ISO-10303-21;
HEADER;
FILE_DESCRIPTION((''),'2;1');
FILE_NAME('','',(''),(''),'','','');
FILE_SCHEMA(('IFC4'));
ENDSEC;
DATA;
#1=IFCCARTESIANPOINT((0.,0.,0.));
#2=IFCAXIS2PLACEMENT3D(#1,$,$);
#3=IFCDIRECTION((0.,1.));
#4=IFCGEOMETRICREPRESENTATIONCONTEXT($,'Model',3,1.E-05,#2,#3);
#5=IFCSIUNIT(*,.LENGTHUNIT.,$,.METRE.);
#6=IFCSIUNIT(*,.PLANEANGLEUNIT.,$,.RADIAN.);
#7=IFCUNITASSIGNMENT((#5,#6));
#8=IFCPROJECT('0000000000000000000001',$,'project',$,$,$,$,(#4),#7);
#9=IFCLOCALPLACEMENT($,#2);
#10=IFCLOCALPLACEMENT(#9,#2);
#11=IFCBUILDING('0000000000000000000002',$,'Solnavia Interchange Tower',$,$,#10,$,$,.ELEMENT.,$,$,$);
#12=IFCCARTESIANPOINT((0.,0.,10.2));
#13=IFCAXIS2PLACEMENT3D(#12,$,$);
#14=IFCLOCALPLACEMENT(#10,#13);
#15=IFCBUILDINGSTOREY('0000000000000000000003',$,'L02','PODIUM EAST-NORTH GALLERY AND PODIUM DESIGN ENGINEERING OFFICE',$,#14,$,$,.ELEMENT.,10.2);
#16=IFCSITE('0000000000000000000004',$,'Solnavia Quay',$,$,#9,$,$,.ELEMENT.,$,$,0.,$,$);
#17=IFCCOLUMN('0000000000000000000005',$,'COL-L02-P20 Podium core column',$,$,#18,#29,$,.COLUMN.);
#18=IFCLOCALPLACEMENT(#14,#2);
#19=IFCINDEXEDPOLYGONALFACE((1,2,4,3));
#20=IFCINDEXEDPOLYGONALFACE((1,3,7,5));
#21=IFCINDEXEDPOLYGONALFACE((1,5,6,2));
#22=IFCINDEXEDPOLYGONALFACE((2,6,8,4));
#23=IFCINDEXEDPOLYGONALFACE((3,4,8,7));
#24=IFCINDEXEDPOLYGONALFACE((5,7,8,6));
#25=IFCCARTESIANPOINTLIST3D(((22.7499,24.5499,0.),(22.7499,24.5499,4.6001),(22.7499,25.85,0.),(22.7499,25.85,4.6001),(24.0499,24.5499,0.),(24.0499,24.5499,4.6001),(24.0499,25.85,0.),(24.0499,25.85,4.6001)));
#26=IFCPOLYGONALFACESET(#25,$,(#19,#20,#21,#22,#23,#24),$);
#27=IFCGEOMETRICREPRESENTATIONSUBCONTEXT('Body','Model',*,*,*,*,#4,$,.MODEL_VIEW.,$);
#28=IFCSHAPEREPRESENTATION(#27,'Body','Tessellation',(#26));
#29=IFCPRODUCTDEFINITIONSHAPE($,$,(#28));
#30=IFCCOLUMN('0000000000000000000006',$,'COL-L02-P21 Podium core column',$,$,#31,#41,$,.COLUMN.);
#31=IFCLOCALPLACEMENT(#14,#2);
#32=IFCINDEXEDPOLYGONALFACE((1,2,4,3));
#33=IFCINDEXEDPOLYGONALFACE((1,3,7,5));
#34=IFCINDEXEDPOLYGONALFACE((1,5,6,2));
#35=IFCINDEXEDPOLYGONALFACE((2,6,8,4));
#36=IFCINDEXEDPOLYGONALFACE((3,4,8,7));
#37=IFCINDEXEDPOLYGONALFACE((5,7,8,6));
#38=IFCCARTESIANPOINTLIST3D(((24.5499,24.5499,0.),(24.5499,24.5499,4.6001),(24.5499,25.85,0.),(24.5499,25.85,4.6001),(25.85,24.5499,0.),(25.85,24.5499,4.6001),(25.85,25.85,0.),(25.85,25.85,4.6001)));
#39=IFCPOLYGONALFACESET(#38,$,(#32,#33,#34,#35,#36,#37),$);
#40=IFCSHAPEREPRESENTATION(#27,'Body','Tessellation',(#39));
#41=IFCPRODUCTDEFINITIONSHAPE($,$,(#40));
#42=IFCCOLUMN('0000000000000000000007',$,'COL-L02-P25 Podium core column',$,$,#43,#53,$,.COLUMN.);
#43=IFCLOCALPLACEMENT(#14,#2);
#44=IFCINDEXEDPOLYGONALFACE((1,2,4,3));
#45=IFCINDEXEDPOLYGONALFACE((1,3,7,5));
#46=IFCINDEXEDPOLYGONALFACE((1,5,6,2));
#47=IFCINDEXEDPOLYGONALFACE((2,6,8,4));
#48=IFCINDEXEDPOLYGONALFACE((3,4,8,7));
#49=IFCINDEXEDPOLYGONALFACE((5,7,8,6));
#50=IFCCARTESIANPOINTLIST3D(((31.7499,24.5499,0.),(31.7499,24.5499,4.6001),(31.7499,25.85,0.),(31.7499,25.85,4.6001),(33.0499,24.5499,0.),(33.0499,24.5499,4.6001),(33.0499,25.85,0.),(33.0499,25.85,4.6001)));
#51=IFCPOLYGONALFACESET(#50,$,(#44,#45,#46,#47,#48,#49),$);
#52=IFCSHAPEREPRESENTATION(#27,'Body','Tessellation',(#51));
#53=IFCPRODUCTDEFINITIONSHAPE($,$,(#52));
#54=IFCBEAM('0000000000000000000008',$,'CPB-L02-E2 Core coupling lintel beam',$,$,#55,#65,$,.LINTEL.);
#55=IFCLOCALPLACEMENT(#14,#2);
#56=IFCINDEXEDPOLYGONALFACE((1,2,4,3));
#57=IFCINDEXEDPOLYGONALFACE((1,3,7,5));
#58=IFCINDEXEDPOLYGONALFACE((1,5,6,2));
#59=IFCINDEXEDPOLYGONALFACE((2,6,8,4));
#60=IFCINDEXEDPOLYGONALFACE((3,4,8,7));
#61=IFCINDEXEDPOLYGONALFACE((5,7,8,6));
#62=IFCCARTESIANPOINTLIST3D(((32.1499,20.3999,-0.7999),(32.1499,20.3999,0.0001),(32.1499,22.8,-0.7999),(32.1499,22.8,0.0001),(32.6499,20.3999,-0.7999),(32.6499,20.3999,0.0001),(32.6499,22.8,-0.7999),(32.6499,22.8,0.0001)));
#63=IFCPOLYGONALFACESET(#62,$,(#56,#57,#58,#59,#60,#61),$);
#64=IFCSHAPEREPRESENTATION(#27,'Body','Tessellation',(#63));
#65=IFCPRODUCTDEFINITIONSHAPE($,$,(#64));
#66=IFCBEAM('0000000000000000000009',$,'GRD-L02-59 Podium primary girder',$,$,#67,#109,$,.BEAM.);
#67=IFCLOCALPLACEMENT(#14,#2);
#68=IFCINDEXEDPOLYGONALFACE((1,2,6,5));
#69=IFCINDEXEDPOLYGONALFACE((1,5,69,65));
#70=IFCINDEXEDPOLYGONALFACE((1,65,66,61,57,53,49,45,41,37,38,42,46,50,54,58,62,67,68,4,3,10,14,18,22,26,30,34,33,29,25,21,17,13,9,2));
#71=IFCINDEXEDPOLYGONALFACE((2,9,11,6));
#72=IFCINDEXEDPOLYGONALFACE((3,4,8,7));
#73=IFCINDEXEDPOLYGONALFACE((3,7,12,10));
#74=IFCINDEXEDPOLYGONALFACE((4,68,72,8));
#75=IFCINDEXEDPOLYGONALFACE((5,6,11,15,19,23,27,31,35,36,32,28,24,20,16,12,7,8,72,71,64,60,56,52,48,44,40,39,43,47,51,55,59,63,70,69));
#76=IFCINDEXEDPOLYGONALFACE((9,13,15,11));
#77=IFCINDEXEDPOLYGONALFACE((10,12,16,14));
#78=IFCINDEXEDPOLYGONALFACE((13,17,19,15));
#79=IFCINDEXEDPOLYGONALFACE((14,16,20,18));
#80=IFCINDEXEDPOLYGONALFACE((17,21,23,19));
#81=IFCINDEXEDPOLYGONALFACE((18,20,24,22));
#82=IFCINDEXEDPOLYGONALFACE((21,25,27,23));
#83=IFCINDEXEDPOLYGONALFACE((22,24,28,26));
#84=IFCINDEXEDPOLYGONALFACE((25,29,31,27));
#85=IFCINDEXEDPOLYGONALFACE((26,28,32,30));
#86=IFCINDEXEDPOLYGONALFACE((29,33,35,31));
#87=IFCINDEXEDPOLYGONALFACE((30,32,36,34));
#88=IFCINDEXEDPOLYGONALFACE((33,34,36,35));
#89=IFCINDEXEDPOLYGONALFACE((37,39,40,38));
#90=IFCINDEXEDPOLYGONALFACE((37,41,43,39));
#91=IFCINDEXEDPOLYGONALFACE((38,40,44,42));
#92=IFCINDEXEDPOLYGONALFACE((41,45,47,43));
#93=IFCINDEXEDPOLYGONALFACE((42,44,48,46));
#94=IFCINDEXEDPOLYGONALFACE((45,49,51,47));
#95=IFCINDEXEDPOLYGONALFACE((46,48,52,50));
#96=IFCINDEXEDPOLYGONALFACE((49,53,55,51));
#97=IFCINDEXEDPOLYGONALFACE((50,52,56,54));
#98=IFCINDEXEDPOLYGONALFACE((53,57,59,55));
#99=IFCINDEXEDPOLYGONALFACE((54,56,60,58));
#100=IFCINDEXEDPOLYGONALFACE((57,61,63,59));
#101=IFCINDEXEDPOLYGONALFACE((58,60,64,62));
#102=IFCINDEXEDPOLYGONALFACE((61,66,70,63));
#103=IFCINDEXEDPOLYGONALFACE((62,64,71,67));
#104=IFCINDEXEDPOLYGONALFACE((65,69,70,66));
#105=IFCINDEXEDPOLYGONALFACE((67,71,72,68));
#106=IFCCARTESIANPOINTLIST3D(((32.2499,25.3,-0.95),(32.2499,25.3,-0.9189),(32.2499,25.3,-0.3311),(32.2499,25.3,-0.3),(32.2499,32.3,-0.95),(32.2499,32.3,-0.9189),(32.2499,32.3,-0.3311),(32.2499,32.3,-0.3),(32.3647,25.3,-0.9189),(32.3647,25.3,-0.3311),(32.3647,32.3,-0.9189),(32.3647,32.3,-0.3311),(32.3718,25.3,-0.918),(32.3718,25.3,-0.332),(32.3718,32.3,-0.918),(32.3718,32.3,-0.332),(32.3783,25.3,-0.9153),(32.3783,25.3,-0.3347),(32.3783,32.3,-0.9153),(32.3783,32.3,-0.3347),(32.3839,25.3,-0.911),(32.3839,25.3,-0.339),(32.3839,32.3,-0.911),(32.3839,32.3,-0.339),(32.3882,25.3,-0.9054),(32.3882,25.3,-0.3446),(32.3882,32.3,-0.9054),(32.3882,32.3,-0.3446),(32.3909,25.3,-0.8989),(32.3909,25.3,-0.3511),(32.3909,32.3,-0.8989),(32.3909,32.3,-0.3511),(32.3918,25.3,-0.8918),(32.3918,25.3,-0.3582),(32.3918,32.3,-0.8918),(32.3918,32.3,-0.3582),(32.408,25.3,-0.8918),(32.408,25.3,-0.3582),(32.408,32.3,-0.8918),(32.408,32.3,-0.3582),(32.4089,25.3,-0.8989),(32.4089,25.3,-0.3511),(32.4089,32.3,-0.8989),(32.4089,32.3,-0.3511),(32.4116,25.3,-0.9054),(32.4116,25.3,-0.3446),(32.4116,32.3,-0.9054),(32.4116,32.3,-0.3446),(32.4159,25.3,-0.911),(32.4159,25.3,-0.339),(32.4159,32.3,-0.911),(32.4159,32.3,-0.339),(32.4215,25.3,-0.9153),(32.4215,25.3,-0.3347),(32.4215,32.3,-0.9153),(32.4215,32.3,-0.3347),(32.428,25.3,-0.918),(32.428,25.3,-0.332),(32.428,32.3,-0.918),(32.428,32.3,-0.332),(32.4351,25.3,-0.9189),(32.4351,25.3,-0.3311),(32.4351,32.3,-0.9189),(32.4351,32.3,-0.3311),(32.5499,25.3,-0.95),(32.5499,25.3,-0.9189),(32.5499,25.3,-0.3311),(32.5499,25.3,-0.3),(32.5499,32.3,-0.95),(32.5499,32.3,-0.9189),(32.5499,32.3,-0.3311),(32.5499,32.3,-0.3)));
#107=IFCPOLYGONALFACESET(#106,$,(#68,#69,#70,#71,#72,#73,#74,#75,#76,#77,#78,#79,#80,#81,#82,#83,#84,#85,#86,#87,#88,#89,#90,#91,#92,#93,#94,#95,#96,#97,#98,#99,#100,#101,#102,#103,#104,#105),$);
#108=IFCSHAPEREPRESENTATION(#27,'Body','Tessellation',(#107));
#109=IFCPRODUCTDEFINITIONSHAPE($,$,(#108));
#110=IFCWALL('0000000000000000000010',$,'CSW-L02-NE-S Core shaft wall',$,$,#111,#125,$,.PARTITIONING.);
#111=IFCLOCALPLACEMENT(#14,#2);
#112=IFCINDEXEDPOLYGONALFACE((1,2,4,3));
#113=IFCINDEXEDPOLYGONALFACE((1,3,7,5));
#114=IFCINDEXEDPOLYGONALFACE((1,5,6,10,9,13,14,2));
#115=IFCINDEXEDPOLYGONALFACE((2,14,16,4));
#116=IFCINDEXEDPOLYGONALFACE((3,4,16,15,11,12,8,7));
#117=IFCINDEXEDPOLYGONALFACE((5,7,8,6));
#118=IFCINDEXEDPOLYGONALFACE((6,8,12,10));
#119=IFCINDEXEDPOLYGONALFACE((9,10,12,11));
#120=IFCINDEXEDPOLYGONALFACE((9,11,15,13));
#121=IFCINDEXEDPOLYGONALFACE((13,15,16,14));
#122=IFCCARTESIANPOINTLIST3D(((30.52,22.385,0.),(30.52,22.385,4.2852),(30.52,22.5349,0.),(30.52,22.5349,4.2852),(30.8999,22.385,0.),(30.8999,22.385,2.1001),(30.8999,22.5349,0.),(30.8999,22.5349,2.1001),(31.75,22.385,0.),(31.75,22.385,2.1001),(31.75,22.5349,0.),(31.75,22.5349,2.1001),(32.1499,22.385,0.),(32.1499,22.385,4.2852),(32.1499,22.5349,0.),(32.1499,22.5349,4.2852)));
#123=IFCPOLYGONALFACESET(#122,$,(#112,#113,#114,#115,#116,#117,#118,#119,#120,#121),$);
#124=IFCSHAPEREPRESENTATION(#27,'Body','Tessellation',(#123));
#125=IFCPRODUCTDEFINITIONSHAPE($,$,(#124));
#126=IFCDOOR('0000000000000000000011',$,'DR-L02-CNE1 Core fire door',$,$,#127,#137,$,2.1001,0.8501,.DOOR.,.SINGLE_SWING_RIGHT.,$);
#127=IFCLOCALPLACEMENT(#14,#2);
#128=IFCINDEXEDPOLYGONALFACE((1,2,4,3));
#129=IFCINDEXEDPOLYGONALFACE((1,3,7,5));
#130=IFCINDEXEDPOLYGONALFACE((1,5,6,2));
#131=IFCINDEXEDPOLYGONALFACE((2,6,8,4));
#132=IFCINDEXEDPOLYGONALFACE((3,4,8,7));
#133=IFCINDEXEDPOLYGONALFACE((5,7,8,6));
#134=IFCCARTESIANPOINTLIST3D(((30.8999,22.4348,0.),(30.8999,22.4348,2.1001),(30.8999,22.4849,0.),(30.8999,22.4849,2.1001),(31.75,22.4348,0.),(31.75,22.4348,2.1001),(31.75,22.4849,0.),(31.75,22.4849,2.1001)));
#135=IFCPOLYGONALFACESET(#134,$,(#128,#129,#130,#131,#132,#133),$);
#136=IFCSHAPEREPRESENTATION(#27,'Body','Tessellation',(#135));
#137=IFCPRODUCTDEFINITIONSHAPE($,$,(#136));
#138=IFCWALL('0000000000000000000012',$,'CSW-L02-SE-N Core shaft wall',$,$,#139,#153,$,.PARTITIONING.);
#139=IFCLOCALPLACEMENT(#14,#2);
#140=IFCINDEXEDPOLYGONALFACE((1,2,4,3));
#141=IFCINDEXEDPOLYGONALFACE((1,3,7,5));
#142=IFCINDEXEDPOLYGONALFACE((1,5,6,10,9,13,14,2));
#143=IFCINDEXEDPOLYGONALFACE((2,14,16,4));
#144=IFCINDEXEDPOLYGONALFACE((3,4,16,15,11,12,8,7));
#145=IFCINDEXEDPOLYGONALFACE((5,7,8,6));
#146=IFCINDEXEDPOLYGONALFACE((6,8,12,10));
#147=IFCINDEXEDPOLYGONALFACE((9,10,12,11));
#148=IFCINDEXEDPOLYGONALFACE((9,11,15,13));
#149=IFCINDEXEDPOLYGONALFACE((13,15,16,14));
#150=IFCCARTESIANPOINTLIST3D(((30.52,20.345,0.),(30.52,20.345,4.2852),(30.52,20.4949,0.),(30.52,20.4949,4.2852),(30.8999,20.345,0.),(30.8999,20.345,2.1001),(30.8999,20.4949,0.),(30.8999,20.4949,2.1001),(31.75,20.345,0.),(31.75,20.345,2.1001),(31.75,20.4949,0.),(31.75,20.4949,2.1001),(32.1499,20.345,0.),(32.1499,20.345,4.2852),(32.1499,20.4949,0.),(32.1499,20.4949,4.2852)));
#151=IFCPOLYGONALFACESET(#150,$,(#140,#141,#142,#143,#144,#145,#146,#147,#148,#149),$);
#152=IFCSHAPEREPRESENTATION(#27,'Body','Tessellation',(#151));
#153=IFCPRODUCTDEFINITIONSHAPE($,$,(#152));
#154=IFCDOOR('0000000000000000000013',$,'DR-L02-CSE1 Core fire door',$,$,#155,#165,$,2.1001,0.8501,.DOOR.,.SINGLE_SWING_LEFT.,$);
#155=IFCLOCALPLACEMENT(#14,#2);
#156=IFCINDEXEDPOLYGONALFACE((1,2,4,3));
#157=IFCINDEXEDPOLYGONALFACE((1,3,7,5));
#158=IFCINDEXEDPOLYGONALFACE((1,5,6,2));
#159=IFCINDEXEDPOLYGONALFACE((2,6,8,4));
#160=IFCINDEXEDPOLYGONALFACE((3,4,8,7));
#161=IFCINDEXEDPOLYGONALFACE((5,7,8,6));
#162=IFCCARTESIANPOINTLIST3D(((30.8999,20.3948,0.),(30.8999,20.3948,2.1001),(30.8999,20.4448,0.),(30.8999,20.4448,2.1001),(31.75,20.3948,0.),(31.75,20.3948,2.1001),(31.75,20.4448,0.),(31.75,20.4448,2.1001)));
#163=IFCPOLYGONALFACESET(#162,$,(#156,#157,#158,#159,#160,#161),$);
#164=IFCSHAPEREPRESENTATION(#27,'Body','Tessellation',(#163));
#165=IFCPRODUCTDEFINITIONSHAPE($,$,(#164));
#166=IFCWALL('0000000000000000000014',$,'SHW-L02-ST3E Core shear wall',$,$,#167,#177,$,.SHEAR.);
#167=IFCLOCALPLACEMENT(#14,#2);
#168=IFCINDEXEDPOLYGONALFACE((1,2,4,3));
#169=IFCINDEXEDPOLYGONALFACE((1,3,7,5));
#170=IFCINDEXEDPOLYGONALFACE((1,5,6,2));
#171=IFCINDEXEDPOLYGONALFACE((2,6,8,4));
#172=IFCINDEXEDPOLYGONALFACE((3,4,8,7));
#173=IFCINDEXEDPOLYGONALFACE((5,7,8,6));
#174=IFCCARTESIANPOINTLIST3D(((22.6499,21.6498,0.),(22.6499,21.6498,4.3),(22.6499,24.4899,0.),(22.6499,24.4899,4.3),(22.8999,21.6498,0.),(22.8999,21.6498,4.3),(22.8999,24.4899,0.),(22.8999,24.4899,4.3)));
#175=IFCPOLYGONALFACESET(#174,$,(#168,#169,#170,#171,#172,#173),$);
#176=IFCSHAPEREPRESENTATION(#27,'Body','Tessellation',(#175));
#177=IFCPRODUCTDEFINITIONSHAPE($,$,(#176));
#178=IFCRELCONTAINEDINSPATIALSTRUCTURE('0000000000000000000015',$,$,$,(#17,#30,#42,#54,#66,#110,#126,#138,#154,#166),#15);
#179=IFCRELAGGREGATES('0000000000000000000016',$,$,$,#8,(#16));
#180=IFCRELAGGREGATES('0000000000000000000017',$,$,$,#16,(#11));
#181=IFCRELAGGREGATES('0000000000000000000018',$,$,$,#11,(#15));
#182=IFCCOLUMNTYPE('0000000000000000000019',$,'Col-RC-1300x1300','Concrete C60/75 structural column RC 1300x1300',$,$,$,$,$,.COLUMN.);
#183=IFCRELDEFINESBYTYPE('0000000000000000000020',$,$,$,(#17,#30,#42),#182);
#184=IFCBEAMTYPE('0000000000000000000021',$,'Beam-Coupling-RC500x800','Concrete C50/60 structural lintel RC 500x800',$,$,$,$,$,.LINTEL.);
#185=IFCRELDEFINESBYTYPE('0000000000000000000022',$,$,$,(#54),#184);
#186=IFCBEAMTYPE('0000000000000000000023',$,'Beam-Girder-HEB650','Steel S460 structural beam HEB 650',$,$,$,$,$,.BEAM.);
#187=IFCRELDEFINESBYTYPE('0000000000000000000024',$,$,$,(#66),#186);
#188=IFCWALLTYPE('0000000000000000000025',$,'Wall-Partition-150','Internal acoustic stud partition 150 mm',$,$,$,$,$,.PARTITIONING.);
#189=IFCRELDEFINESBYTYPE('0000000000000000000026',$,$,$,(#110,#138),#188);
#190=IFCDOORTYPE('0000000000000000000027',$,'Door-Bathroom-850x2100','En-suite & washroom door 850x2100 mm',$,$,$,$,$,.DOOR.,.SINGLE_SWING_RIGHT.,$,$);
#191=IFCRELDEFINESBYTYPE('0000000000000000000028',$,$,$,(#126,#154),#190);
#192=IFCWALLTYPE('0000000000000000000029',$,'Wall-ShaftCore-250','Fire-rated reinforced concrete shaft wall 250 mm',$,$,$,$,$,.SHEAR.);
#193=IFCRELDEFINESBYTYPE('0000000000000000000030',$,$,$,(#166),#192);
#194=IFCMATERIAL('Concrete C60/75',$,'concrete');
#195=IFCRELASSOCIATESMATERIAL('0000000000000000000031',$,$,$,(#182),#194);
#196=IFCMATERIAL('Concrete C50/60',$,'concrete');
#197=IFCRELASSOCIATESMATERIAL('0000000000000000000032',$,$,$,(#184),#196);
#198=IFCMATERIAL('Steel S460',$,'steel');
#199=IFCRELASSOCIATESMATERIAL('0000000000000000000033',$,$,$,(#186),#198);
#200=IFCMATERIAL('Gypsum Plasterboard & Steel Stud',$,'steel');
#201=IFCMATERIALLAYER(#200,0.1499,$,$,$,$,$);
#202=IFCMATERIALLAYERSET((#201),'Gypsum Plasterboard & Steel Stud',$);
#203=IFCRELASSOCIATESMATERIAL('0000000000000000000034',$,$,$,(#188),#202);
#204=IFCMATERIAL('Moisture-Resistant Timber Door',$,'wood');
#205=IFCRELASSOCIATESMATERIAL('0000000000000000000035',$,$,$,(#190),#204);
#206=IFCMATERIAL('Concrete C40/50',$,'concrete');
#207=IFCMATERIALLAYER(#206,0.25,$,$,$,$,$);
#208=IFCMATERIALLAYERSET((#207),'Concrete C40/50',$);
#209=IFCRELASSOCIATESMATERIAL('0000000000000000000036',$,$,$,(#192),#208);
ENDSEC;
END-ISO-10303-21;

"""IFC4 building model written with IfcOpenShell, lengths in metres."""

from ifc_helpers import new_model, si_unit, direction, frame, frame_2d, origin, origin_2d, place, context, subcontext, project, spatial, rectangle, i_section, extrude, material, layer, layer_set, material_profile, profile_set, type_object, element, fill, save


model = new_model("IFC4")

# Units and contexts
model_context = context("Model", 3, precision=1e-05, world=origin(), true_north=direction((0.0, 1.0)))
body_context = subcontext(model_context, "Body", "Model", "MODEL_VIEW")
ifc_project = project(units=[si_unit("LENGTHUNIT", "METRE"), si_unit("PLANEANGLEUNIT", "RADIAN")], contexts=[model_context])

# Site, building, storey
site_placement = place(None, origin())
site = spatial("IfcSite", under=ifc_project, at=site_placement, Name="Solnavia Quay", CompositionType="ELEMENT", RefElevation=0.0)
building_placement = place(site_placement, origin())
building = spatial("IfcBuilding", under=site, at=building_placement, Name="Solnavia Interchange Tower", CompositionType="ELEMENT")
storey_placement = place(building_placement, frame((0.0, 0.0, 10.2)))
storey = spatial("IfcBuildingStorey", under=building, at=storey_placement, Name="L02", Description="PODIUM EAST-NORTH GALLERY AND PODIUM DESIGN ENGINEERING OFFICE", CompositionType="ELEMENT", Elevation=10.2)

# Columns
ifc_material_1 = material(Name="Concrete C60/75", Category="concrete")
ifc_material_profile_1 = material_profile(ifc_material_1, rectangle(XDim=1.3, YDim=1.3, at=origin_2d()), Name="RC 1300x1300")
ifc_profile_set_1 = profile_set([ifc_material_profile_1], Name="Concrete C60/75")
column_type = type_object("IfcColumnType", Name="Col-RC-1300x1300", Description="Concrete C60/75 structural column RC 1300x1300", PredefinedType="COLUMN", material=ifc_profile_set_1)
for number, where, z_axis, x_axis, name in (
    (1, (23.3999, 25.2, 0.0), (0.0, 0.0, 1.0), (1.0, 0.0, 0.0), "COL-L02-P20 Podium core column"),
    (2, (25.2, 25.2, 0.0), (0.0, 0.0, 1.0), (1.0, 0.0, 0.0), "COL-L02-P21 Podium core column"),
    (3, (32.3999, 25.2, 0.0), (0.0, 0.0, 1.0), (1.0, 0.0, 0.0), "COL-L02-P25 Podium core column"),
):
    element("IfcColumn", number, at=place(storey_placement, frame(where, z_axis=z_axis, x_axis=x_axis)), inside=storey, type_object=column_type, Name=name, PredefinedType="COLUMN", context=body_context, shape_type="SweptSolid", body=[
        extrude(rectangle(XDim=1.3, YDim=1.3, at=origin_2d()), origin(), (0.0, 0.0, 1.0), 4.6001),
    ])

# Beams
ifc_material_2 = material(Name="Concrete C50/60", Category="concrete")
ifc_material_profile_2 = material_profile(ifc_material_2, rectangle(XDim=0.5, YDim=0.8, at=origin_2d()), Name="RC 500x800")
ifc_profile_set_2 = profile_set([ifc_material_profile_2], Name="Concrete C50/60")
beam_type_1 = type_object("IfcBeamType", Name="Beam-Coupling-RC500x800", Description="Concrete C50/60 structural lintel RC 500x800", PredefinedType="LINTEL", material=ifc_profile_set_2)
beam_1_placement = place(storey_placement, frame((32.3999, 20.3999, -0.3999), z_axis=(0.0, 1.0, 0.0), x_axis=(-1.0, 0.0, 0.0)))
element("IfcBeam", 4, at=beam_1_placement, inside=storey, type_object=beam_type_1, Name="CPB-L02-E2 Core coupling lintel beam", PredefinedType="LINTEL", context=body_context, shape_type="SweptSolid", body=[
    extrude(rectangle(XDim=0.5, YDim=0.8, at=origin_2d()), origin(), (0.0, 0.0, 1.0), 2.4001),
])
ifc_material_3 = material(Name="Steel S460", Category="steel")
ifc_material_profile_3 = material_profile(ifc_material_3, i_section(OverallWidth=0.3, OverallDepth=0.6499, WebThickness=0.0161, FlangeThickness=0.031, FilletRadius=0.0271, at=origin_2d()), Name="HEB 650")
ifc_profile_set_3 = profile_set([ifc_material_profile_3], Name="Steel S460")
beam_type_2 = type_object("IfcBeamType", Name="Beam-Girder-HEB650", Description="Steel S460 structural beam HEB 650", PredefinedType="BEAM", material=ifc_profile_set_3)
beam_2_placement = place(storey_placement, frame((32.3999, 25.3, -0.625), z_axis=(0.0, 1.0, 0.0), x_axis=(-1.0, 0.0, 0.0)))
element("IfcBeam", 5, at=beam_2_placement, inside=storey, type_object=beam_type_2, Name="GRD-L02-59 Podium primary girder", PredefinedType="BEAM", context=body_context, shape_type="SweptSolid", body=[
    extrude(i_section(OverallWidth=0.3, OverallDepth=0.6499, WebThickness=0.0161, FlangeThickness=0.031, FilletRadius=0.0271, at=origin_2d()), origin(), (0.0, 0.0, 1.0), 7.0),
])

# Walls, openings, doors
ifc_material_4 = material(Name="Gypsum Plasterboard & Steel Stud", Category="steel")
ifc_layer_1 = layer(ifc_material_4, 0.1499)
ifc_layer_set_1 = layer_set([ifc_layer_1], Name="Gypsum Plasterboard & Steel Stud")
wall_type_1 = type_object("IfcWallType", Name="Wall-Partition-150", Description="Internal acoustic stud partition 150 mm", PredefinedType="PARTITIONING", material=ifc_layer_set_1)
wall_1_placement = place(storey_placement, frame((30.52, 22.46, 0.0), z_axis=(0.0, 0.0, 1.0), x_axis=(1.0, 0.0, 0.0)))
wall_1 = element("IfcWall", 6, at=wall_1_placement, inside=storey, type_object=wall_type_1, Name="CSW-L02-NE-S Core shaft wall", PredefinedType="PARTITIONING", context=body_context, shape_type="SweptSolid", body=[
    extrude(rectangle(XDim=1.6299, YDim=0.1499, at=frame_2d((0.8149, 0.0))), origin(), (0.0, 0.0, 1.0), 4.2852),
])
opening_1_placement = place(wall_1_placement, frame((0.3799, 0.0, 0.0)))
opening_1 = element("IfcOpeningElement", 7, at=opening_1_placement, cuts=wall_1, PredefinedType="OPENING", context=body_context, shape_type="SweptSolid", body=[
    extrude(rectangle(XDim=0.8501, YDim=2.1001, at=frame_2d((0.425, 1.05))), frame((0.0, 0.085, 0.0), z_axis=(0.0, -1.0, 0.0), x_axis=(1.0, 0.0, 0.0)), (0.0, 0.0, 1.0), 0.1699),
])
ifc_material_5 = material(Name="Moisture-Resistant Timber Door", Category="wood")
door_type_1 = type_object("IfcDoorType", Name="Door-Bathroom-850x2100", Description="En-suite & washroom door 850x2100 mm", OperationType="SINGLE_SWING_RIGHT", PredefinedType="DOOR", material=ifc_material_5)
door_1_placement = place(opening_1_placement, origin())
door_1 = element("IfcDoor", 8, at=door_1_placement, inside=storey, type_object=door_type_1, Name="DR-L02-CNE1 Core fire door", OperationType="SINGLE_SWING_RIGHT", OverallHeight=2.1001, OverallWidth=0.8501, PredefinedType="DOOR", context=body_context, shape_type="SweptSolid", body=[
    extrude(rectangle(XDim=0.8501, YDim=2.1001, at=frame_2d((0.425, 1.05))), frame((0.0, 0.0249, 0.0), z_axis=(0.0, -1.0, 0.0), x_axis=(1.0, 0.0, 0.0)), (0.0, 0.0, 1.0), 0.05),
])
fill(opening_1, door_1)
wall_2_placement = place(storey_placement, frame((30.52, 20.4199, 0.0), z_axis=(0.0, 0.0, 1.0), x_axis=(1.0, 0.0, 0.0)))
wall_2 = element("IfcWall", 9, at=wall_2_placement, inside=storey, type_object=wall_type_1, Name="CSW-L02-SE-N Core shaft wall", PredefinedType="PARTITIONING", context=body_context, shape_type="SweptSolid", body=[
    extrude(rectangle(XDim=1.6299, YDim=0.1499, at=frame_2d((0.8149, 0.0))), origin(), (0.0, 0.0, 1.0), 4.2852),
])
opening_2_placement = place(wall_2_placement, frame((0.3799, 0.0, 0.0)))
opening_2 = element("IfcOpeningElement", 10, at=opening_2_placement, cuts=wall_2, PredefinedType="OPENING", context=body_context, shape_type="SweptSolid", body=[
    extrude(rectangle(XDim=0.8501, YDim=2.1001, at=frame_2d((0.425, 1.05))), frame((0.0, 0.085, 0.0), z_axis=(0.0, -1.0, 0.0), x_axis=(1.0, 0.0, 0.0)), (0.0, 0.0, 1.0), 0.1699),
])
door_2_placement = place(opening_2_placement, origin())
door_2 = element("IfcDoor", 11, at=door_2_placement, inside=storey, type_object=door_type_1, Name="DR-L02-CSE1 Core fire door", OperationType="SINGLE_SWING_LEFT", OverallHeight=2.1001, OverallWidth=0.8501, PredefinedType="DOOR", context=body_context, shape_type="SweptSolid", body=[
    extrude(rectangle(XDim=0.8501, YDim=2.1001, at=frame_2d((0.425, 1.05))), frame((0.0, 0.0249, 0.0), z_axis=(0.0, -1.0, 0.0), x_axis=(1.0, 0.0, 0.0)), (0.0, 0.0, 1.0), 0.05),
])
fill(opening_2, door_2)

# Wall
ifc_material_6 = material(Name="Concrete C40/50", Category="concrete")
ifc_layer_2 = layer(ifc_material_6, 0.25)
ifc_layer_set_2 = layer_set([ifc_layer_2], Name="Concrete C40/50")
wall_type_2 = type_object("IfcWallType", Name="Wall-ShaftCore-250", Description="Fire-rated reinforced concrete shaft wall 250 mm", PredefinedType="SHEAR", material=ifc_layer_set_2)
wall_3_placement = place(storey_placement, frame((22.7749, 21.6499, 0.0), z_axis=(0.0, 0.0, 1.0), x_axis=(0.0, 1.0, 0.0)))
element("IfcWall", 12, at=wall_3_placement, inside=storey, type_object=wall_type_2, Name="SHW-L02-ST3E Core shear wall", PredefinedType="SHEAR", context=body_context, shape_type="SweptSolid", body=[
    extrude(rectangle(XDim=2.8401, YDim=0.25, at=frame_2d((1.4199, 0.0))), origin(), (0.0, 0.0, 1.0), 4.3),
])

save(model, "model.ifc")
